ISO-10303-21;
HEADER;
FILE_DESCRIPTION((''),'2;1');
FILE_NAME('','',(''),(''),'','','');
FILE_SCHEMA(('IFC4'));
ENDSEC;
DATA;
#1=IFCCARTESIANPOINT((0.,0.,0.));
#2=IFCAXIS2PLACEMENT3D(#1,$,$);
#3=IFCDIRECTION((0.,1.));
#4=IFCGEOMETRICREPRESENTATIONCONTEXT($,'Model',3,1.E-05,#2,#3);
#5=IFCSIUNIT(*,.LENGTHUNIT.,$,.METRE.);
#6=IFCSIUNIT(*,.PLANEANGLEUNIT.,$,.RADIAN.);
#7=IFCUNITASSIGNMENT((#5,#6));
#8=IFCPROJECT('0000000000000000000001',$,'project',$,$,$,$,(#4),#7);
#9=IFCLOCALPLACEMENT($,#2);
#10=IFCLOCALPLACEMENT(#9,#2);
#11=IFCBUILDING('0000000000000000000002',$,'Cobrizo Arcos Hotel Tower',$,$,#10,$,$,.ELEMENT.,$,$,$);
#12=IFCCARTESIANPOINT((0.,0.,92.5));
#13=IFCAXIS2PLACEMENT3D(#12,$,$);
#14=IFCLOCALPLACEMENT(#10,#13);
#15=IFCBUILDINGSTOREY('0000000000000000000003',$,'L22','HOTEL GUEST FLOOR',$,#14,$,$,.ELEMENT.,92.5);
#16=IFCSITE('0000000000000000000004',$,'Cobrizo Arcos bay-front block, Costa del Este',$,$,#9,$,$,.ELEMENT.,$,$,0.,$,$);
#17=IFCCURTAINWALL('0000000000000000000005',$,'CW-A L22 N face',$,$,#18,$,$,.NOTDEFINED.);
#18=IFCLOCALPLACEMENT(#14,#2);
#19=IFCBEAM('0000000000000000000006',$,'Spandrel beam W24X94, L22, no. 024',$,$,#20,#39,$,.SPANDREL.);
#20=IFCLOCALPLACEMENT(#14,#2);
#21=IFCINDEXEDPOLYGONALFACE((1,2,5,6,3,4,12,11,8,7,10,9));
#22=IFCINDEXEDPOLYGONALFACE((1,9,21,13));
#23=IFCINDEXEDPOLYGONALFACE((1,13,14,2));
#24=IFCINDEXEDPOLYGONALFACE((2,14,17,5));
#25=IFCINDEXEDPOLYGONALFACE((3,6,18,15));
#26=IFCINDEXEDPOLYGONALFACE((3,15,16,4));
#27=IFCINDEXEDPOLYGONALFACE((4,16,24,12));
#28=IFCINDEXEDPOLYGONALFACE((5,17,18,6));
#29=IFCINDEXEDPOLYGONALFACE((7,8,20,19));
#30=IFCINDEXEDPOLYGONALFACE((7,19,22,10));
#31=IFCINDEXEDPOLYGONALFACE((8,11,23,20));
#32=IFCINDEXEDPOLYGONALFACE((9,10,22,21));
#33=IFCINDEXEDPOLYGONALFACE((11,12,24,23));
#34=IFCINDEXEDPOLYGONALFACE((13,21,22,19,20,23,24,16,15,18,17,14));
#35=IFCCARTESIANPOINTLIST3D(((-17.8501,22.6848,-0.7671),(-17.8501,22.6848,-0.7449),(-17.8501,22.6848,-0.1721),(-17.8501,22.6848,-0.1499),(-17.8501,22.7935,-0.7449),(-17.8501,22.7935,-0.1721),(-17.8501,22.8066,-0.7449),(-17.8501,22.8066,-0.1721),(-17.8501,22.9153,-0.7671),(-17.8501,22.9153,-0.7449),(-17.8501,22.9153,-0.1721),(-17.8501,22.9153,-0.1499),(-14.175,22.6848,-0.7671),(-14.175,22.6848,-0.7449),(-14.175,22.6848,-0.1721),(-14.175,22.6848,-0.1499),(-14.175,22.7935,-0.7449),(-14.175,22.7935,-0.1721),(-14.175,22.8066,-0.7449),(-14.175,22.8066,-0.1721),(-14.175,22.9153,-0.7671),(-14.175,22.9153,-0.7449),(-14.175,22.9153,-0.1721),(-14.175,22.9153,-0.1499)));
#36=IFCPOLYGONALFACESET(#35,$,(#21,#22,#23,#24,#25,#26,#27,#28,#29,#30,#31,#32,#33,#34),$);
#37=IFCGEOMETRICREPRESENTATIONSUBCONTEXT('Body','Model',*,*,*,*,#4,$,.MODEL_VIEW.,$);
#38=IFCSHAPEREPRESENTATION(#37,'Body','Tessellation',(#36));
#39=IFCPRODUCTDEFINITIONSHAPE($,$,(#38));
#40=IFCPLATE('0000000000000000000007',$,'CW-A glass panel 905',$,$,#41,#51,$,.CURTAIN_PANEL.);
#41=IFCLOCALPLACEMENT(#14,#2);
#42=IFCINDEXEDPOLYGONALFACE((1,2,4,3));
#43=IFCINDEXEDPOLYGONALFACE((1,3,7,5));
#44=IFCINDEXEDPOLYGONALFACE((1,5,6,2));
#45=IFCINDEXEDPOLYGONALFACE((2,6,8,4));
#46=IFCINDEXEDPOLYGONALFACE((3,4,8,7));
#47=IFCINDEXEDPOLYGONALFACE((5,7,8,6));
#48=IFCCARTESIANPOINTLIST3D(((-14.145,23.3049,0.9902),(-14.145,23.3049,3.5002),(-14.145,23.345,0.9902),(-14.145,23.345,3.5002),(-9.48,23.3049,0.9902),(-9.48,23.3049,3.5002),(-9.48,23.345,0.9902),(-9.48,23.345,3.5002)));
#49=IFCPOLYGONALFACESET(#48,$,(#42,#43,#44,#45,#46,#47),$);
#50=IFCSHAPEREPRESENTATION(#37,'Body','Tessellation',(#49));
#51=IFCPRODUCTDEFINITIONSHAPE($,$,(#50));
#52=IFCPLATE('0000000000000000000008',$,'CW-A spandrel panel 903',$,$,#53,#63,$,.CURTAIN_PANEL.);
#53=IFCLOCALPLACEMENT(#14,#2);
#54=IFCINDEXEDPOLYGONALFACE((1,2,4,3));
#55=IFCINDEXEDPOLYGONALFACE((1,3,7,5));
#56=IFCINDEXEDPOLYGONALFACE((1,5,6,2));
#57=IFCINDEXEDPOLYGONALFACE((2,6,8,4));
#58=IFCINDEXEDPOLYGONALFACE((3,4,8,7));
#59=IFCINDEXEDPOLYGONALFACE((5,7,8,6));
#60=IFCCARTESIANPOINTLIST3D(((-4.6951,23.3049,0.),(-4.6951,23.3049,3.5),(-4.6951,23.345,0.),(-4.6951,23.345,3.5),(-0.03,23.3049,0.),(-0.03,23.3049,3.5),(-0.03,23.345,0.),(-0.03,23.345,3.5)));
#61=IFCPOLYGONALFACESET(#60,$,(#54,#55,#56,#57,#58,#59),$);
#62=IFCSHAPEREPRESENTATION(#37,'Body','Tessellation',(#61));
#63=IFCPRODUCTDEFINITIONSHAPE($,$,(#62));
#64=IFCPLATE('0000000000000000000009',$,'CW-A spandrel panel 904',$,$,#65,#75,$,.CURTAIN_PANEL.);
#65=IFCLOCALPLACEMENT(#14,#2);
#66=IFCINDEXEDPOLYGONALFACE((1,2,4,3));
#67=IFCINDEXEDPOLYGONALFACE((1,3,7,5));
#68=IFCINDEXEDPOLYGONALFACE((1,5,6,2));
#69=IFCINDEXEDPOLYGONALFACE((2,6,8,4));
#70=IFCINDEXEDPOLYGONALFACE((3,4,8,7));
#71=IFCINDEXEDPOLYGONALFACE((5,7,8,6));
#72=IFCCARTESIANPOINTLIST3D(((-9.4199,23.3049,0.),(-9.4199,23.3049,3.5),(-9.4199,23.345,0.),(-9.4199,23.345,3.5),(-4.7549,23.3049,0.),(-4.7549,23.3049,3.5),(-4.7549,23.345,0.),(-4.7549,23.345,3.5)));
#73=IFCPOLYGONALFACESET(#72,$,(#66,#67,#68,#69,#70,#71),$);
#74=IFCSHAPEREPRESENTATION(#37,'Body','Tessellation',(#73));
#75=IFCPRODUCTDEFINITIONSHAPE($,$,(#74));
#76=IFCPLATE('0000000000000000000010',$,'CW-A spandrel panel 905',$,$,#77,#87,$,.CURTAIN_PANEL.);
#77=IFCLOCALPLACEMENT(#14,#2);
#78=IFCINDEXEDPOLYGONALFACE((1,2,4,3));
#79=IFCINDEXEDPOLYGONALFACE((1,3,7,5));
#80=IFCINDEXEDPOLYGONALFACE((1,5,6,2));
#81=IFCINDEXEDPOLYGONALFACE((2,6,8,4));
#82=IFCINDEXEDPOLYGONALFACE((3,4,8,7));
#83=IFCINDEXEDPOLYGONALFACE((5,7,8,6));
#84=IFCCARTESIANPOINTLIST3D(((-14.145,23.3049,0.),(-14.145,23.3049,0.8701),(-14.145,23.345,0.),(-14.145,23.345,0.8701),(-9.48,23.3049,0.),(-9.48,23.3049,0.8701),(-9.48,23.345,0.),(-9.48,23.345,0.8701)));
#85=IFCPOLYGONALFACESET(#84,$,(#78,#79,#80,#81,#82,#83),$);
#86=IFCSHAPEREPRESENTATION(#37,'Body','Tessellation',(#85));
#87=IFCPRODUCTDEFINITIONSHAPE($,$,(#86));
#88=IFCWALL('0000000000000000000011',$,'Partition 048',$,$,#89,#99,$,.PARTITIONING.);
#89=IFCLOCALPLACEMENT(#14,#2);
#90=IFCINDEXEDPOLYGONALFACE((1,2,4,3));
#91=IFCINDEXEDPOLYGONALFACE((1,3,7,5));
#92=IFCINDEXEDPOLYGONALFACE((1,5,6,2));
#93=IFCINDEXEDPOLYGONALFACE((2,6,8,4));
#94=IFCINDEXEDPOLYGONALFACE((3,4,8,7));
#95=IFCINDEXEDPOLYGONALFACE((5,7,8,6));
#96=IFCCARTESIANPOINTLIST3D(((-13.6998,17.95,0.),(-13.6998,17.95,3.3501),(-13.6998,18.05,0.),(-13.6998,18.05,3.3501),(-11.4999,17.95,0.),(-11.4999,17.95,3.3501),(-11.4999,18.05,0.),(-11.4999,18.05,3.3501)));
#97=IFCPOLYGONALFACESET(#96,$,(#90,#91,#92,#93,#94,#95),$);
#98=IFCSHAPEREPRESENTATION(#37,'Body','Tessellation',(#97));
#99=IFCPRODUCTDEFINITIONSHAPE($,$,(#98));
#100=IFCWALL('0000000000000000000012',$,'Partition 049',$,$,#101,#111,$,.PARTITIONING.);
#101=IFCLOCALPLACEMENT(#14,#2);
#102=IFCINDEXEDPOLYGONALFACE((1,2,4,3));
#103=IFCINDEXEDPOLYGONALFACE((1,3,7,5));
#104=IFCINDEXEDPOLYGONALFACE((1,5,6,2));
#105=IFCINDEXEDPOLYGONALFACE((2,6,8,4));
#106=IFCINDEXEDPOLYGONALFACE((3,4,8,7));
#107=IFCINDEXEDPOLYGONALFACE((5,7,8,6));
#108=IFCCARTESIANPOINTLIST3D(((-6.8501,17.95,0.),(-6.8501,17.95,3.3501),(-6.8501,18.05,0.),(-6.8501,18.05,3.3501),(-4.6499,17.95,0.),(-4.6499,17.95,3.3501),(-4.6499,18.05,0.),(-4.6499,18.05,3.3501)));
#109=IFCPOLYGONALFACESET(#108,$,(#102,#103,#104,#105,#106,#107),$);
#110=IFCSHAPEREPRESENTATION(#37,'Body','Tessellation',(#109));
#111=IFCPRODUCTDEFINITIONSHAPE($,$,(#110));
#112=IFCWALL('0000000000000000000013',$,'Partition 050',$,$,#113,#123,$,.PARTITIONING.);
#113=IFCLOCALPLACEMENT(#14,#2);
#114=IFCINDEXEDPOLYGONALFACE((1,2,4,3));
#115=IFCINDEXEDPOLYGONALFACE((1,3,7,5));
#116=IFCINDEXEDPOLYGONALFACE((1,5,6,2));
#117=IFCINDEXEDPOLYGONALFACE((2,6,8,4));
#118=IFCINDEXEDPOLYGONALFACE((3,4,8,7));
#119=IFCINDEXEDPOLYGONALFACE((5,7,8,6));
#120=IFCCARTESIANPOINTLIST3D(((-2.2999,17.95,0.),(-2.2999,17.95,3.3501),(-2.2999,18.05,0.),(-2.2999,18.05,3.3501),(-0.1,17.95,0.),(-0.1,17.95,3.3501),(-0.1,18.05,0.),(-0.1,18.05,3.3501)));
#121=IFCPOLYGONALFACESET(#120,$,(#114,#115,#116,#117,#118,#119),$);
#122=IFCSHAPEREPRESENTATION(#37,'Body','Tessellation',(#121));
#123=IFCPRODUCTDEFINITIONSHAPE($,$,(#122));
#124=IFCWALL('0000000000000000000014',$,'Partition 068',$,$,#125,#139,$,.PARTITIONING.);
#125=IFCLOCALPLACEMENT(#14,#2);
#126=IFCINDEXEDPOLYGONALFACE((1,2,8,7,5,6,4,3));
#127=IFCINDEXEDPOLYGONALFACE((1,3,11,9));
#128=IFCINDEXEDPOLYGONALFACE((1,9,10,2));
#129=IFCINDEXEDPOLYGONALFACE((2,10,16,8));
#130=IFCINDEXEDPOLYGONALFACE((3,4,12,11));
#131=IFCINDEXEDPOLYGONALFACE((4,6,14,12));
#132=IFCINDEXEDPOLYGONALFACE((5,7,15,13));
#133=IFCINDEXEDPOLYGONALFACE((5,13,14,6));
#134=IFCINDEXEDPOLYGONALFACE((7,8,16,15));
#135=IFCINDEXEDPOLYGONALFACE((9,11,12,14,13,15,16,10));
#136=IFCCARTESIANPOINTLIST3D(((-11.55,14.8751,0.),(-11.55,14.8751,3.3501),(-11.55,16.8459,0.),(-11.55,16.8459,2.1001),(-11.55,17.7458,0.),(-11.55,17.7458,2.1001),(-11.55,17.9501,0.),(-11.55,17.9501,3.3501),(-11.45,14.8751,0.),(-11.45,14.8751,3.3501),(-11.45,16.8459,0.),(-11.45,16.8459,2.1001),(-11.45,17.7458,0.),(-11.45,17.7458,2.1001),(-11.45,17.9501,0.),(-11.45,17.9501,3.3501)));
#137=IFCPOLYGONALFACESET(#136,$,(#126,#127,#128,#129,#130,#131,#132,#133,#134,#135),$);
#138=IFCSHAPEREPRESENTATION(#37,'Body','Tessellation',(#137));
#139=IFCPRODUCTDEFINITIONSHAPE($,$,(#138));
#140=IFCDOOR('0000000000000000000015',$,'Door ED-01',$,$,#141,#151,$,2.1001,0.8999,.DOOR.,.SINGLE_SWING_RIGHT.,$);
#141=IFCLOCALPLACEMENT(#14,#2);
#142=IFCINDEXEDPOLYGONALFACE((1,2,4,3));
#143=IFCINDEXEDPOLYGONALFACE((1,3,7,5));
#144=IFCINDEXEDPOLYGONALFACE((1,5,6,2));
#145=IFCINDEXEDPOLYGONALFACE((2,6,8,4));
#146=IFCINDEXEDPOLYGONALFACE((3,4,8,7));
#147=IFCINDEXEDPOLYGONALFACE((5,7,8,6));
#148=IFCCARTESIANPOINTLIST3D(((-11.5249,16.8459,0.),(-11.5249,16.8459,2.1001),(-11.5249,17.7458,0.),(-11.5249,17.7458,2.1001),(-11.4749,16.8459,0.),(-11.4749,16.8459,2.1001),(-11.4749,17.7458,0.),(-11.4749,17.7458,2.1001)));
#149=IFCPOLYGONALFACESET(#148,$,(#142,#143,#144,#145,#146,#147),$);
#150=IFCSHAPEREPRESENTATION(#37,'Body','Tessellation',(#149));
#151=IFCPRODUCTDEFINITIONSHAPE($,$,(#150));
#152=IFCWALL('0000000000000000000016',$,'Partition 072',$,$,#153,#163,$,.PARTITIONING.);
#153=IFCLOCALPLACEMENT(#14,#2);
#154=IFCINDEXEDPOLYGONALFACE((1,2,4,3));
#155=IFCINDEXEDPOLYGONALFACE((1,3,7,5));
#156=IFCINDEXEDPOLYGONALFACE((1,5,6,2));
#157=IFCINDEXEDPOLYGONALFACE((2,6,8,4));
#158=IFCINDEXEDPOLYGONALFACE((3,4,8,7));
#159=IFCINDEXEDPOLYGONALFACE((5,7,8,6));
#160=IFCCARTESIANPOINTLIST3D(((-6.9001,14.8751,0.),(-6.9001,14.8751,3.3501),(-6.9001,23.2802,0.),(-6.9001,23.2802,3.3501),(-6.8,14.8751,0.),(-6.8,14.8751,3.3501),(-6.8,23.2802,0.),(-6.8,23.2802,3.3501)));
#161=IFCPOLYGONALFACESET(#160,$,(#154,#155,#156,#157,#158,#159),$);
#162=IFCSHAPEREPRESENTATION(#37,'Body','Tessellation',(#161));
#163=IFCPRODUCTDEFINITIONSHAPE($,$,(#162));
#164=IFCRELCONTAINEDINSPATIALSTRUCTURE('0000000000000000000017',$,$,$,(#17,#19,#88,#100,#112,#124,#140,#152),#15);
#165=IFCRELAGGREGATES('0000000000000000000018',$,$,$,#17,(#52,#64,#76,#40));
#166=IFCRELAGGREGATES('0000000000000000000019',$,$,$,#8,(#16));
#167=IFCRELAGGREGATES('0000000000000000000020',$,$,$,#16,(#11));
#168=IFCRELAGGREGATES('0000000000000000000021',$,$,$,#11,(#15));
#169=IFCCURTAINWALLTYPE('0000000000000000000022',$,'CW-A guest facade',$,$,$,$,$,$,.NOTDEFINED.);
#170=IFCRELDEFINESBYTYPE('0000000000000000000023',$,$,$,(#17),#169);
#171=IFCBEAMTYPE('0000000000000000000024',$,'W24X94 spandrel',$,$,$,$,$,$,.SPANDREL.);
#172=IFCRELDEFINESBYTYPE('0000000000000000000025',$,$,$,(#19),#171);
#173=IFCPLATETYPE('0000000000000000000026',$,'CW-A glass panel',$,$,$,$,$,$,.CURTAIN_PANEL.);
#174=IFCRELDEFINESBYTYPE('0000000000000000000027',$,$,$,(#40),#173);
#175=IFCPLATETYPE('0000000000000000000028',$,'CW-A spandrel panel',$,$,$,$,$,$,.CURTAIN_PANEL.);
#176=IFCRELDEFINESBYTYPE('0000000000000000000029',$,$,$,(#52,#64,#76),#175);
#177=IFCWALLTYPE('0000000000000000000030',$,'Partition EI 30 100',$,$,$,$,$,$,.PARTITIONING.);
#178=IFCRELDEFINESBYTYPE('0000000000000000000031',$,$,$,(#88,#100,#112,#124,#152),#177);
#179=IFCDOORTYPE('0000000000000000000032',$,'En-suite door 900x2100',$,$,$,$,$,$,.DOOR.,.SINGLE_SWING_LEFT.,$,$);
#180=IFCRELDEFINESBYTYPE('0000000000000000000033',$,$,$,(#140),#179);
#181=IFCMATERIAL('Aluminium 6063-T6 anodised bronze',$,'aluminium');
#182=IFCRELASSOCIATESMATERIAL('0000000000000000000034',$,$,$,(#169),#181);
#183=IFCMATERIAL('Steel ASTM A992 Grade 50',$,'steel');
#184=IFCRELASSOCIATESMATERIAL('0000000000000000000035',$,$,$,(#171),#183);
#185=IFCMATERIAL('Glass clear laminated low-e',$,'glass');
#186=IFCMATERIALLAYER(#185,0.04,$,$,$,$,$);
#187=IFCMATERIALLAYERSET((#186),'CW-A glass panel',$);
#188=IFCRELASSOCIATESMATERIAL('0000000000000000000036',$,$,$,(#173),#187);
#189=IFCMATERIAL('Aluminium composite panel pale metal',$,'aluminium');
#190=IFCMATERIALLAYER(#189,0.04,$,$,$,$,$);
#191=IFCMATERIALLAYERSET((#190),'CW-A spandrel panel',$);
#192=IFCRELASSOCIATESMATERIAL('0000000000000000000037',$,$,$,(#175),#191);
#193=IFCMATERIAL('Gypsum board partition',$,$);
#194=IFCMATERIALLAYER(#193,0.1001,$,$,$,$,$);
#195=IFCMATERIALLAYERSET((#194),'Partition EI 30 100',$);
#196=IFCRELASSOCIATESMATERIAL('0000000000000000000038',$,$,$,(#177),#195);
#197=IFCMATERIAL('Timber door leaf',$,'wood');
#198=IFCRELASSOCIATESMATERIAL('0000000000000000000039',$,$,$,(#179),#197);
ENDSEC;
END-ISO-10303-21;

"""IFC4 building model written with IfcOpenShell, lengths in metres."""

from ifc_helpers import new_model, si_unit, direction, frame, frame_2d, origin, origin_2d, place, context, subcontext, project, spatial, rectangle, i_section, extrude, material, layer, layer_set, material_profile, profile_set, type_object, element, fill, aggregate, save


model = new_model("IFC4")

# Units and contexts
model_context = context("Model", 3, precision=1e-05, world=origin(), true_north=direction((0.0, 1.0)))
body_context = subcontext(model_context, "Body", "Model", "MODEL_VIEW")
ifc_project = project(units=[si_unit("LENGTHUNIT", "METRE"), si_unit("PLANEANGLEUNIT", "RADIAN")], contexts=[model_context])

# Site, building, storey
site_placement = place(None, origin())
site = spatial("IfcSite", under=ifc_project, at=site_placement, Name="Cobrizo Arcos bay-front block, Costa del Este", CompositionType="ELEMENT", RefElevation=0.0)
building_placement = place(site_placement, origin())
building = spatial("IfcBuilding", under=site, at=building_placement, Name="Cobrizo Arcos Hotel Tower", CompositionType="ELEMENT")
storey_placement = place(building_placement, frame((0.0, 0.0, 92.5)))
storey = spatial("IfcBuildingStorey", under=building, at=storey_placement, Name="L22", Description="HOTEL GUEST FLOOR", CompositionType="ELEMENT", Elevation=92.5)

# Curtain wall
ifc_material_1 = material(Name="Aluminium 6063-T6 anodised bronze", Category="aluminium")
curtain_wall_type = type_object("IfcCurtainWallType", Name="CW-A guest facade", PredefinedType="NOTDEFINED", material=ifc_material_1)
curtain_wall_placement = place(storey_placement, origin())
curtain_wall = element("IfcCurtainWall", 1, at=curtain_wall_placement, inside=storey, type_object=curtain_wall_type, Name="CW-A L22 N face", PredefinedType="NOTDEFINED")

# Beam
ifc_material_2 = material(Name="Steel ASTM A992 Grade 50", Category="steel")
ifc_material_profile_1 = material_profile(ifc_material_2, i_section(OverallWidth=0.2305, OverallDepth=0.6172, WebThickness=0.0132, FlangeThickness=0.0222, at=origin_2d()), Name="W24X94")
ifc_profile_set_1 = profile_set([ifc_material_profile_1], Name="Steel ASTM A992 Grade 50")
beam_type = type_object("IfcBeamType", Name="W24X94 spandrel", PredefinedType="SPANDREL", material=ifc_profile_set_1)
beam_1_placement = place(storey_placement, frame((-14.175, 22.8, -0.4585), z_axis=(-1.0, 0.0, 0.0), x_axis=(0.0, -1.0, 0.0)))
element("IfcBeam", 2, at=beam_1_placement, inside=storey, type_object=beam_type, Name="Spandrel beam W24X94, L22, no. 024", PredefinedType="SPANDREL", context=body_context, shape_type="SweptSolid", body=[
    extrude(i_section(OverallWidth=0.2305, OverallDepth=0.6172, WebThickness=0.0132, FlangeThickness=0.0222, at=origin_2d()), origin(), (0.0, 0.0, 1.0), 3.675),
])

# Plates
ifc_material_3 = material(Name="Glass clear laminated low-e", Category="glass")
ifc_layer_1 = layer(ifc_material_3, 0.04)
ifc_layer_set_1 = layer_set([ifc_layer_1], Name="CW-A glass panel")
plate_type_1 = type_object("IfcPlateType", Name="CW-A glass panel", PredefinedType="CURTAIN_PANEL", material=ifc_layer_set_1)
plate_1_placement = place(storey_placement, frame((-11.8125, 23.325, 0.9902), z_axis=(0.0, 0.0, 1.0), x_axis=(-1.0, 0.0, 0.0)))
plate_1 = element("IfcPlate", 3, at=plate_1_placement, type_object=plate_type_1, Name="CW-A glass panel 905", PredefinedType="CURTAIN_PANEL", context=body_context, shape_type="SweptSolid", body=[
    extrude(rectangle(XDim=4.665, YDim=0.04, at=origin_2d()), origin(), (0.0, 0.0, 1.0), 2.51),
])
ifc_material_4 = material(Name="Aluminium composite panel pale metal", Category="aluminium")
ifc_layer_2 = layer(ifc_material_4, 0.04)
ifc_layer_set_2 = layer_set([ifc_layer_2], Name="CW-A spandrel panel")
plate_type_2 = type_object("IfcPlateType", Name="CW-A spandrel panel", PredefinedType="CURTAIN_PANEL", material=ifc_layer_set_2)
plate_2_placement = place(storey_placement, frame((-2.3625, 23.325, 0.0), z_axis=(0.0, 0.0, 1.0), x_axis=(-1.0, 0.0, 0.0)))
plate_2 = element("IfcPlate", 4, at=plate_2_placement, type_object=plate_type_2, Name="CW-A spandrel panel 903", PredefinedType="CURTAIN_PANEL", context=body_context, shape_type="SweptSolid", body=[
    extrude(rectangle(XDim=4.665, YDim=0.04, at=origin_2d()), origin(), (0.0, 0.0, 1.0), 3.5),
])
plate_3_placement = place(storey_placement, frame((-7.0874, 23.325, 0.0), z_axis=(0.0, 0.0, 1.0), x_axis=(-1.0, 0.0, 0.0)))
plate_3 = element("IfcPlate", 5, at=plate_3_placement, type_object=plate_type_2, Name="CW-A spandrel panel 904", PredefinedType="CURTAIN_PANEL", context=body_context, shape_type="SweptSolid", body=[
    extrude(rectangle(XDim=4.665, YDim=0.04, at=origin_2d()), origin(), (0.0, 0.0, 1.0), 3.5),
])
plate_4_placement = place(storey_placement, frame((-11.8125, 23.325, 0.0), z_axis=(0.0, 0.0, 1.0), x_axis=(-1.0, 0.0, 0.0)))
plate_4 = element("IfcPlate", 6, at=plate_4_placement, type_object=plate_type_2, Name="CW-A spandrel panel 905", PredefinedType="CURTAIN_PANEL", context=body_context, shape_type="SweptSolid", body=[
    extrude(rectangle(XDim=4.665, YDim=0.04, at=origin_2d()), origin(), (0.0, 0.0, 1.0), 0.8701),
])
aggregate(curtain_wall, [plate_2, plate_3, plate_4, plate_1])

# Walls
ifc_material_5 = material(Name="Gypsum board partition")
ifc_layer_3 = layer(ifc_material_5, 0.1001)
ifc_layer_set_3 = layer_set([ifc_layer_3], Name="Partition EI 30 100")
wall_type = type_object("IfcWallType", Name="Partition EI 30 100", PredefinedType="PARTITIONING", material=ifc_layer_set_3)
wall_1_placement = place(storey_placement, frame((-13.7, 18.0, 0.0), z_axis=(0.0, 0.0, 1.0), x_axis=(1.0, 0.0, 0.0)))
element("IfcWall", 7, at=wall_1_placement, inside=storey, type_object=wall_type, Name="Partition 048", PredefinedType="PARTITIONING", context=body_context, shape_type="SweptSolid", body=[
    extrude(rectangle(XDim=2.2, YDim=0.1001, at=frame_2d((1.1001, 0.0))), origin(), (0.0, 0.0, 1.0), 3.3501),
])
wall_2_placement = place(storey_placement, frame((-6.8501, 18.0, 0.0), z_axis=(0.0, 0.0, 1.0), x_axis=(1.0, 0.0, 0.0)))
element("IfcWall", 8, at=wall_2_placement, inside=storey, type_object=wall_type, Name="Partition 049", PredefinedType="PARTITIONING", context=body_context, shape_type="SweptSolid", body=[
    extrude(rectangle(XDim=2.2002, YDim=0.1001, at=frame_2d((1.1001, 0.0))), origin(), (0.0, 0.0, 1.0), 3.3501),
])
wall_3_placement = place(storey_placement, frame((-2.3, 18.0, 0.0), z_axis=(0.0, 0.0, 1.0), x_axis=(1.0, 0.0, 0.0)))
element("IfcWall", 9, at=wall_3_placement, inside=storey, type_object=wall_type, Name="Partition 050", PredefinedType="PARTITIONING", context=body_context, shape_type="SweptSolid", body=[
    extrude(rectangle(XDim=2.2, YDim=0.1001, at=frame_2d((1.1001, 0.0))), origin(), (0.0, 0.0, 1.0), 3.3501),
])

# Wall, opening, door
wall_4_placement = place(storey_placement, frame((-11.5, 14.875, 0.0), z_axis=(0.0, 0.0, 1.0), x_axis=(0.0, 1.0, 0.0)))
wall_4 = element("IfcWall", 10, at=wall_4_placement, inside=storey, type_object=wall_type, Name="Partition 068", PredefinedType="PARTITIONING", context=body_context, shape_type="SweptSolid", body=[
    extrude(rectangle(XDim=3.075, YDim=0.1001, at=frame_2d((1.5376, 0.0))), origin(), (0.0, 0.0, 1.0), 3.3501),
])
opening_1_placement = place(wall_4_placement, frame((1.9709, 0.0, 0.0)))
opening_1 = element("IfcOpeningElement", 11, at=opening_1_placement, cuts=wall_4, PredefinedType="OPENING", context=body_context, shape_type="SweptSolid", body=[
    extrude(rectangle(XDim=0.8999, YDim=2.1001, at=frame_2d((0.45, 1.05))), frame((0.0, 0.062, 0.0), z_axis=(0.0, -1.0, 0.0), x_axis=(1.0, 0.0, 0.0)), (0.0, 0.0, 1.0), 0.124),
])
ifc_material_6 = material(Name="Timber door leaf", Category="wood")
door_type = type_object("IfcDoorType", Name="En-suite door 900x2100", OperationType="SINGLE_SWING_LEFT", PredefinedType="DOOR", material=ifc_material_6)
door_1_placement = place(opening_1_placement, origin())
door_1 = element("IfcDoor", 12, at=door_1_placement, inside=storey, type_object=door_type, Name="Door ED-01", OperationType="SINGLE_SWING_RIGHT", OverallHeight=2.1001, OverallWidth=0.8999, PredefinedType="DOOR", context=body_context, shape_type="SweptSolid", body=[
    extrude(rectangle(XDim=0.8999, YDim=2.1001, at=frame_2d((0.45, 1.05))), frame((0.0, 0.0249, 0.0), z_axis=(0.0, -1.0, 0.0), x_axis=(1.0, 0.0, 0.0)), (0.0, 0.0, 1.0), 0.05),
])
fill(opening_1, door_1)

# Wall
wall_5_placement = place(storey_placement, frame((-6.8501, 14.875, 0.0), z_axis=(0.0, 0.0, 1.0), x_axis=(0.0, 1.0, 0.0)))
element("IfcWall", 13, at=wall_5_placement, inside=storey, type_object=wall_type, Name="Partition 072", PredefinedType="PARTITIONING", context=body_context, shape_type="SweptSolid", body=[
    extrude(rectangle(XDim=8.405, YDim=0.1001, at=frame_2d((4.2026, 0.0))), origin(), (0.0, 0.0, 1.0), 3.3501),
])

save(model, "model.ifc")
